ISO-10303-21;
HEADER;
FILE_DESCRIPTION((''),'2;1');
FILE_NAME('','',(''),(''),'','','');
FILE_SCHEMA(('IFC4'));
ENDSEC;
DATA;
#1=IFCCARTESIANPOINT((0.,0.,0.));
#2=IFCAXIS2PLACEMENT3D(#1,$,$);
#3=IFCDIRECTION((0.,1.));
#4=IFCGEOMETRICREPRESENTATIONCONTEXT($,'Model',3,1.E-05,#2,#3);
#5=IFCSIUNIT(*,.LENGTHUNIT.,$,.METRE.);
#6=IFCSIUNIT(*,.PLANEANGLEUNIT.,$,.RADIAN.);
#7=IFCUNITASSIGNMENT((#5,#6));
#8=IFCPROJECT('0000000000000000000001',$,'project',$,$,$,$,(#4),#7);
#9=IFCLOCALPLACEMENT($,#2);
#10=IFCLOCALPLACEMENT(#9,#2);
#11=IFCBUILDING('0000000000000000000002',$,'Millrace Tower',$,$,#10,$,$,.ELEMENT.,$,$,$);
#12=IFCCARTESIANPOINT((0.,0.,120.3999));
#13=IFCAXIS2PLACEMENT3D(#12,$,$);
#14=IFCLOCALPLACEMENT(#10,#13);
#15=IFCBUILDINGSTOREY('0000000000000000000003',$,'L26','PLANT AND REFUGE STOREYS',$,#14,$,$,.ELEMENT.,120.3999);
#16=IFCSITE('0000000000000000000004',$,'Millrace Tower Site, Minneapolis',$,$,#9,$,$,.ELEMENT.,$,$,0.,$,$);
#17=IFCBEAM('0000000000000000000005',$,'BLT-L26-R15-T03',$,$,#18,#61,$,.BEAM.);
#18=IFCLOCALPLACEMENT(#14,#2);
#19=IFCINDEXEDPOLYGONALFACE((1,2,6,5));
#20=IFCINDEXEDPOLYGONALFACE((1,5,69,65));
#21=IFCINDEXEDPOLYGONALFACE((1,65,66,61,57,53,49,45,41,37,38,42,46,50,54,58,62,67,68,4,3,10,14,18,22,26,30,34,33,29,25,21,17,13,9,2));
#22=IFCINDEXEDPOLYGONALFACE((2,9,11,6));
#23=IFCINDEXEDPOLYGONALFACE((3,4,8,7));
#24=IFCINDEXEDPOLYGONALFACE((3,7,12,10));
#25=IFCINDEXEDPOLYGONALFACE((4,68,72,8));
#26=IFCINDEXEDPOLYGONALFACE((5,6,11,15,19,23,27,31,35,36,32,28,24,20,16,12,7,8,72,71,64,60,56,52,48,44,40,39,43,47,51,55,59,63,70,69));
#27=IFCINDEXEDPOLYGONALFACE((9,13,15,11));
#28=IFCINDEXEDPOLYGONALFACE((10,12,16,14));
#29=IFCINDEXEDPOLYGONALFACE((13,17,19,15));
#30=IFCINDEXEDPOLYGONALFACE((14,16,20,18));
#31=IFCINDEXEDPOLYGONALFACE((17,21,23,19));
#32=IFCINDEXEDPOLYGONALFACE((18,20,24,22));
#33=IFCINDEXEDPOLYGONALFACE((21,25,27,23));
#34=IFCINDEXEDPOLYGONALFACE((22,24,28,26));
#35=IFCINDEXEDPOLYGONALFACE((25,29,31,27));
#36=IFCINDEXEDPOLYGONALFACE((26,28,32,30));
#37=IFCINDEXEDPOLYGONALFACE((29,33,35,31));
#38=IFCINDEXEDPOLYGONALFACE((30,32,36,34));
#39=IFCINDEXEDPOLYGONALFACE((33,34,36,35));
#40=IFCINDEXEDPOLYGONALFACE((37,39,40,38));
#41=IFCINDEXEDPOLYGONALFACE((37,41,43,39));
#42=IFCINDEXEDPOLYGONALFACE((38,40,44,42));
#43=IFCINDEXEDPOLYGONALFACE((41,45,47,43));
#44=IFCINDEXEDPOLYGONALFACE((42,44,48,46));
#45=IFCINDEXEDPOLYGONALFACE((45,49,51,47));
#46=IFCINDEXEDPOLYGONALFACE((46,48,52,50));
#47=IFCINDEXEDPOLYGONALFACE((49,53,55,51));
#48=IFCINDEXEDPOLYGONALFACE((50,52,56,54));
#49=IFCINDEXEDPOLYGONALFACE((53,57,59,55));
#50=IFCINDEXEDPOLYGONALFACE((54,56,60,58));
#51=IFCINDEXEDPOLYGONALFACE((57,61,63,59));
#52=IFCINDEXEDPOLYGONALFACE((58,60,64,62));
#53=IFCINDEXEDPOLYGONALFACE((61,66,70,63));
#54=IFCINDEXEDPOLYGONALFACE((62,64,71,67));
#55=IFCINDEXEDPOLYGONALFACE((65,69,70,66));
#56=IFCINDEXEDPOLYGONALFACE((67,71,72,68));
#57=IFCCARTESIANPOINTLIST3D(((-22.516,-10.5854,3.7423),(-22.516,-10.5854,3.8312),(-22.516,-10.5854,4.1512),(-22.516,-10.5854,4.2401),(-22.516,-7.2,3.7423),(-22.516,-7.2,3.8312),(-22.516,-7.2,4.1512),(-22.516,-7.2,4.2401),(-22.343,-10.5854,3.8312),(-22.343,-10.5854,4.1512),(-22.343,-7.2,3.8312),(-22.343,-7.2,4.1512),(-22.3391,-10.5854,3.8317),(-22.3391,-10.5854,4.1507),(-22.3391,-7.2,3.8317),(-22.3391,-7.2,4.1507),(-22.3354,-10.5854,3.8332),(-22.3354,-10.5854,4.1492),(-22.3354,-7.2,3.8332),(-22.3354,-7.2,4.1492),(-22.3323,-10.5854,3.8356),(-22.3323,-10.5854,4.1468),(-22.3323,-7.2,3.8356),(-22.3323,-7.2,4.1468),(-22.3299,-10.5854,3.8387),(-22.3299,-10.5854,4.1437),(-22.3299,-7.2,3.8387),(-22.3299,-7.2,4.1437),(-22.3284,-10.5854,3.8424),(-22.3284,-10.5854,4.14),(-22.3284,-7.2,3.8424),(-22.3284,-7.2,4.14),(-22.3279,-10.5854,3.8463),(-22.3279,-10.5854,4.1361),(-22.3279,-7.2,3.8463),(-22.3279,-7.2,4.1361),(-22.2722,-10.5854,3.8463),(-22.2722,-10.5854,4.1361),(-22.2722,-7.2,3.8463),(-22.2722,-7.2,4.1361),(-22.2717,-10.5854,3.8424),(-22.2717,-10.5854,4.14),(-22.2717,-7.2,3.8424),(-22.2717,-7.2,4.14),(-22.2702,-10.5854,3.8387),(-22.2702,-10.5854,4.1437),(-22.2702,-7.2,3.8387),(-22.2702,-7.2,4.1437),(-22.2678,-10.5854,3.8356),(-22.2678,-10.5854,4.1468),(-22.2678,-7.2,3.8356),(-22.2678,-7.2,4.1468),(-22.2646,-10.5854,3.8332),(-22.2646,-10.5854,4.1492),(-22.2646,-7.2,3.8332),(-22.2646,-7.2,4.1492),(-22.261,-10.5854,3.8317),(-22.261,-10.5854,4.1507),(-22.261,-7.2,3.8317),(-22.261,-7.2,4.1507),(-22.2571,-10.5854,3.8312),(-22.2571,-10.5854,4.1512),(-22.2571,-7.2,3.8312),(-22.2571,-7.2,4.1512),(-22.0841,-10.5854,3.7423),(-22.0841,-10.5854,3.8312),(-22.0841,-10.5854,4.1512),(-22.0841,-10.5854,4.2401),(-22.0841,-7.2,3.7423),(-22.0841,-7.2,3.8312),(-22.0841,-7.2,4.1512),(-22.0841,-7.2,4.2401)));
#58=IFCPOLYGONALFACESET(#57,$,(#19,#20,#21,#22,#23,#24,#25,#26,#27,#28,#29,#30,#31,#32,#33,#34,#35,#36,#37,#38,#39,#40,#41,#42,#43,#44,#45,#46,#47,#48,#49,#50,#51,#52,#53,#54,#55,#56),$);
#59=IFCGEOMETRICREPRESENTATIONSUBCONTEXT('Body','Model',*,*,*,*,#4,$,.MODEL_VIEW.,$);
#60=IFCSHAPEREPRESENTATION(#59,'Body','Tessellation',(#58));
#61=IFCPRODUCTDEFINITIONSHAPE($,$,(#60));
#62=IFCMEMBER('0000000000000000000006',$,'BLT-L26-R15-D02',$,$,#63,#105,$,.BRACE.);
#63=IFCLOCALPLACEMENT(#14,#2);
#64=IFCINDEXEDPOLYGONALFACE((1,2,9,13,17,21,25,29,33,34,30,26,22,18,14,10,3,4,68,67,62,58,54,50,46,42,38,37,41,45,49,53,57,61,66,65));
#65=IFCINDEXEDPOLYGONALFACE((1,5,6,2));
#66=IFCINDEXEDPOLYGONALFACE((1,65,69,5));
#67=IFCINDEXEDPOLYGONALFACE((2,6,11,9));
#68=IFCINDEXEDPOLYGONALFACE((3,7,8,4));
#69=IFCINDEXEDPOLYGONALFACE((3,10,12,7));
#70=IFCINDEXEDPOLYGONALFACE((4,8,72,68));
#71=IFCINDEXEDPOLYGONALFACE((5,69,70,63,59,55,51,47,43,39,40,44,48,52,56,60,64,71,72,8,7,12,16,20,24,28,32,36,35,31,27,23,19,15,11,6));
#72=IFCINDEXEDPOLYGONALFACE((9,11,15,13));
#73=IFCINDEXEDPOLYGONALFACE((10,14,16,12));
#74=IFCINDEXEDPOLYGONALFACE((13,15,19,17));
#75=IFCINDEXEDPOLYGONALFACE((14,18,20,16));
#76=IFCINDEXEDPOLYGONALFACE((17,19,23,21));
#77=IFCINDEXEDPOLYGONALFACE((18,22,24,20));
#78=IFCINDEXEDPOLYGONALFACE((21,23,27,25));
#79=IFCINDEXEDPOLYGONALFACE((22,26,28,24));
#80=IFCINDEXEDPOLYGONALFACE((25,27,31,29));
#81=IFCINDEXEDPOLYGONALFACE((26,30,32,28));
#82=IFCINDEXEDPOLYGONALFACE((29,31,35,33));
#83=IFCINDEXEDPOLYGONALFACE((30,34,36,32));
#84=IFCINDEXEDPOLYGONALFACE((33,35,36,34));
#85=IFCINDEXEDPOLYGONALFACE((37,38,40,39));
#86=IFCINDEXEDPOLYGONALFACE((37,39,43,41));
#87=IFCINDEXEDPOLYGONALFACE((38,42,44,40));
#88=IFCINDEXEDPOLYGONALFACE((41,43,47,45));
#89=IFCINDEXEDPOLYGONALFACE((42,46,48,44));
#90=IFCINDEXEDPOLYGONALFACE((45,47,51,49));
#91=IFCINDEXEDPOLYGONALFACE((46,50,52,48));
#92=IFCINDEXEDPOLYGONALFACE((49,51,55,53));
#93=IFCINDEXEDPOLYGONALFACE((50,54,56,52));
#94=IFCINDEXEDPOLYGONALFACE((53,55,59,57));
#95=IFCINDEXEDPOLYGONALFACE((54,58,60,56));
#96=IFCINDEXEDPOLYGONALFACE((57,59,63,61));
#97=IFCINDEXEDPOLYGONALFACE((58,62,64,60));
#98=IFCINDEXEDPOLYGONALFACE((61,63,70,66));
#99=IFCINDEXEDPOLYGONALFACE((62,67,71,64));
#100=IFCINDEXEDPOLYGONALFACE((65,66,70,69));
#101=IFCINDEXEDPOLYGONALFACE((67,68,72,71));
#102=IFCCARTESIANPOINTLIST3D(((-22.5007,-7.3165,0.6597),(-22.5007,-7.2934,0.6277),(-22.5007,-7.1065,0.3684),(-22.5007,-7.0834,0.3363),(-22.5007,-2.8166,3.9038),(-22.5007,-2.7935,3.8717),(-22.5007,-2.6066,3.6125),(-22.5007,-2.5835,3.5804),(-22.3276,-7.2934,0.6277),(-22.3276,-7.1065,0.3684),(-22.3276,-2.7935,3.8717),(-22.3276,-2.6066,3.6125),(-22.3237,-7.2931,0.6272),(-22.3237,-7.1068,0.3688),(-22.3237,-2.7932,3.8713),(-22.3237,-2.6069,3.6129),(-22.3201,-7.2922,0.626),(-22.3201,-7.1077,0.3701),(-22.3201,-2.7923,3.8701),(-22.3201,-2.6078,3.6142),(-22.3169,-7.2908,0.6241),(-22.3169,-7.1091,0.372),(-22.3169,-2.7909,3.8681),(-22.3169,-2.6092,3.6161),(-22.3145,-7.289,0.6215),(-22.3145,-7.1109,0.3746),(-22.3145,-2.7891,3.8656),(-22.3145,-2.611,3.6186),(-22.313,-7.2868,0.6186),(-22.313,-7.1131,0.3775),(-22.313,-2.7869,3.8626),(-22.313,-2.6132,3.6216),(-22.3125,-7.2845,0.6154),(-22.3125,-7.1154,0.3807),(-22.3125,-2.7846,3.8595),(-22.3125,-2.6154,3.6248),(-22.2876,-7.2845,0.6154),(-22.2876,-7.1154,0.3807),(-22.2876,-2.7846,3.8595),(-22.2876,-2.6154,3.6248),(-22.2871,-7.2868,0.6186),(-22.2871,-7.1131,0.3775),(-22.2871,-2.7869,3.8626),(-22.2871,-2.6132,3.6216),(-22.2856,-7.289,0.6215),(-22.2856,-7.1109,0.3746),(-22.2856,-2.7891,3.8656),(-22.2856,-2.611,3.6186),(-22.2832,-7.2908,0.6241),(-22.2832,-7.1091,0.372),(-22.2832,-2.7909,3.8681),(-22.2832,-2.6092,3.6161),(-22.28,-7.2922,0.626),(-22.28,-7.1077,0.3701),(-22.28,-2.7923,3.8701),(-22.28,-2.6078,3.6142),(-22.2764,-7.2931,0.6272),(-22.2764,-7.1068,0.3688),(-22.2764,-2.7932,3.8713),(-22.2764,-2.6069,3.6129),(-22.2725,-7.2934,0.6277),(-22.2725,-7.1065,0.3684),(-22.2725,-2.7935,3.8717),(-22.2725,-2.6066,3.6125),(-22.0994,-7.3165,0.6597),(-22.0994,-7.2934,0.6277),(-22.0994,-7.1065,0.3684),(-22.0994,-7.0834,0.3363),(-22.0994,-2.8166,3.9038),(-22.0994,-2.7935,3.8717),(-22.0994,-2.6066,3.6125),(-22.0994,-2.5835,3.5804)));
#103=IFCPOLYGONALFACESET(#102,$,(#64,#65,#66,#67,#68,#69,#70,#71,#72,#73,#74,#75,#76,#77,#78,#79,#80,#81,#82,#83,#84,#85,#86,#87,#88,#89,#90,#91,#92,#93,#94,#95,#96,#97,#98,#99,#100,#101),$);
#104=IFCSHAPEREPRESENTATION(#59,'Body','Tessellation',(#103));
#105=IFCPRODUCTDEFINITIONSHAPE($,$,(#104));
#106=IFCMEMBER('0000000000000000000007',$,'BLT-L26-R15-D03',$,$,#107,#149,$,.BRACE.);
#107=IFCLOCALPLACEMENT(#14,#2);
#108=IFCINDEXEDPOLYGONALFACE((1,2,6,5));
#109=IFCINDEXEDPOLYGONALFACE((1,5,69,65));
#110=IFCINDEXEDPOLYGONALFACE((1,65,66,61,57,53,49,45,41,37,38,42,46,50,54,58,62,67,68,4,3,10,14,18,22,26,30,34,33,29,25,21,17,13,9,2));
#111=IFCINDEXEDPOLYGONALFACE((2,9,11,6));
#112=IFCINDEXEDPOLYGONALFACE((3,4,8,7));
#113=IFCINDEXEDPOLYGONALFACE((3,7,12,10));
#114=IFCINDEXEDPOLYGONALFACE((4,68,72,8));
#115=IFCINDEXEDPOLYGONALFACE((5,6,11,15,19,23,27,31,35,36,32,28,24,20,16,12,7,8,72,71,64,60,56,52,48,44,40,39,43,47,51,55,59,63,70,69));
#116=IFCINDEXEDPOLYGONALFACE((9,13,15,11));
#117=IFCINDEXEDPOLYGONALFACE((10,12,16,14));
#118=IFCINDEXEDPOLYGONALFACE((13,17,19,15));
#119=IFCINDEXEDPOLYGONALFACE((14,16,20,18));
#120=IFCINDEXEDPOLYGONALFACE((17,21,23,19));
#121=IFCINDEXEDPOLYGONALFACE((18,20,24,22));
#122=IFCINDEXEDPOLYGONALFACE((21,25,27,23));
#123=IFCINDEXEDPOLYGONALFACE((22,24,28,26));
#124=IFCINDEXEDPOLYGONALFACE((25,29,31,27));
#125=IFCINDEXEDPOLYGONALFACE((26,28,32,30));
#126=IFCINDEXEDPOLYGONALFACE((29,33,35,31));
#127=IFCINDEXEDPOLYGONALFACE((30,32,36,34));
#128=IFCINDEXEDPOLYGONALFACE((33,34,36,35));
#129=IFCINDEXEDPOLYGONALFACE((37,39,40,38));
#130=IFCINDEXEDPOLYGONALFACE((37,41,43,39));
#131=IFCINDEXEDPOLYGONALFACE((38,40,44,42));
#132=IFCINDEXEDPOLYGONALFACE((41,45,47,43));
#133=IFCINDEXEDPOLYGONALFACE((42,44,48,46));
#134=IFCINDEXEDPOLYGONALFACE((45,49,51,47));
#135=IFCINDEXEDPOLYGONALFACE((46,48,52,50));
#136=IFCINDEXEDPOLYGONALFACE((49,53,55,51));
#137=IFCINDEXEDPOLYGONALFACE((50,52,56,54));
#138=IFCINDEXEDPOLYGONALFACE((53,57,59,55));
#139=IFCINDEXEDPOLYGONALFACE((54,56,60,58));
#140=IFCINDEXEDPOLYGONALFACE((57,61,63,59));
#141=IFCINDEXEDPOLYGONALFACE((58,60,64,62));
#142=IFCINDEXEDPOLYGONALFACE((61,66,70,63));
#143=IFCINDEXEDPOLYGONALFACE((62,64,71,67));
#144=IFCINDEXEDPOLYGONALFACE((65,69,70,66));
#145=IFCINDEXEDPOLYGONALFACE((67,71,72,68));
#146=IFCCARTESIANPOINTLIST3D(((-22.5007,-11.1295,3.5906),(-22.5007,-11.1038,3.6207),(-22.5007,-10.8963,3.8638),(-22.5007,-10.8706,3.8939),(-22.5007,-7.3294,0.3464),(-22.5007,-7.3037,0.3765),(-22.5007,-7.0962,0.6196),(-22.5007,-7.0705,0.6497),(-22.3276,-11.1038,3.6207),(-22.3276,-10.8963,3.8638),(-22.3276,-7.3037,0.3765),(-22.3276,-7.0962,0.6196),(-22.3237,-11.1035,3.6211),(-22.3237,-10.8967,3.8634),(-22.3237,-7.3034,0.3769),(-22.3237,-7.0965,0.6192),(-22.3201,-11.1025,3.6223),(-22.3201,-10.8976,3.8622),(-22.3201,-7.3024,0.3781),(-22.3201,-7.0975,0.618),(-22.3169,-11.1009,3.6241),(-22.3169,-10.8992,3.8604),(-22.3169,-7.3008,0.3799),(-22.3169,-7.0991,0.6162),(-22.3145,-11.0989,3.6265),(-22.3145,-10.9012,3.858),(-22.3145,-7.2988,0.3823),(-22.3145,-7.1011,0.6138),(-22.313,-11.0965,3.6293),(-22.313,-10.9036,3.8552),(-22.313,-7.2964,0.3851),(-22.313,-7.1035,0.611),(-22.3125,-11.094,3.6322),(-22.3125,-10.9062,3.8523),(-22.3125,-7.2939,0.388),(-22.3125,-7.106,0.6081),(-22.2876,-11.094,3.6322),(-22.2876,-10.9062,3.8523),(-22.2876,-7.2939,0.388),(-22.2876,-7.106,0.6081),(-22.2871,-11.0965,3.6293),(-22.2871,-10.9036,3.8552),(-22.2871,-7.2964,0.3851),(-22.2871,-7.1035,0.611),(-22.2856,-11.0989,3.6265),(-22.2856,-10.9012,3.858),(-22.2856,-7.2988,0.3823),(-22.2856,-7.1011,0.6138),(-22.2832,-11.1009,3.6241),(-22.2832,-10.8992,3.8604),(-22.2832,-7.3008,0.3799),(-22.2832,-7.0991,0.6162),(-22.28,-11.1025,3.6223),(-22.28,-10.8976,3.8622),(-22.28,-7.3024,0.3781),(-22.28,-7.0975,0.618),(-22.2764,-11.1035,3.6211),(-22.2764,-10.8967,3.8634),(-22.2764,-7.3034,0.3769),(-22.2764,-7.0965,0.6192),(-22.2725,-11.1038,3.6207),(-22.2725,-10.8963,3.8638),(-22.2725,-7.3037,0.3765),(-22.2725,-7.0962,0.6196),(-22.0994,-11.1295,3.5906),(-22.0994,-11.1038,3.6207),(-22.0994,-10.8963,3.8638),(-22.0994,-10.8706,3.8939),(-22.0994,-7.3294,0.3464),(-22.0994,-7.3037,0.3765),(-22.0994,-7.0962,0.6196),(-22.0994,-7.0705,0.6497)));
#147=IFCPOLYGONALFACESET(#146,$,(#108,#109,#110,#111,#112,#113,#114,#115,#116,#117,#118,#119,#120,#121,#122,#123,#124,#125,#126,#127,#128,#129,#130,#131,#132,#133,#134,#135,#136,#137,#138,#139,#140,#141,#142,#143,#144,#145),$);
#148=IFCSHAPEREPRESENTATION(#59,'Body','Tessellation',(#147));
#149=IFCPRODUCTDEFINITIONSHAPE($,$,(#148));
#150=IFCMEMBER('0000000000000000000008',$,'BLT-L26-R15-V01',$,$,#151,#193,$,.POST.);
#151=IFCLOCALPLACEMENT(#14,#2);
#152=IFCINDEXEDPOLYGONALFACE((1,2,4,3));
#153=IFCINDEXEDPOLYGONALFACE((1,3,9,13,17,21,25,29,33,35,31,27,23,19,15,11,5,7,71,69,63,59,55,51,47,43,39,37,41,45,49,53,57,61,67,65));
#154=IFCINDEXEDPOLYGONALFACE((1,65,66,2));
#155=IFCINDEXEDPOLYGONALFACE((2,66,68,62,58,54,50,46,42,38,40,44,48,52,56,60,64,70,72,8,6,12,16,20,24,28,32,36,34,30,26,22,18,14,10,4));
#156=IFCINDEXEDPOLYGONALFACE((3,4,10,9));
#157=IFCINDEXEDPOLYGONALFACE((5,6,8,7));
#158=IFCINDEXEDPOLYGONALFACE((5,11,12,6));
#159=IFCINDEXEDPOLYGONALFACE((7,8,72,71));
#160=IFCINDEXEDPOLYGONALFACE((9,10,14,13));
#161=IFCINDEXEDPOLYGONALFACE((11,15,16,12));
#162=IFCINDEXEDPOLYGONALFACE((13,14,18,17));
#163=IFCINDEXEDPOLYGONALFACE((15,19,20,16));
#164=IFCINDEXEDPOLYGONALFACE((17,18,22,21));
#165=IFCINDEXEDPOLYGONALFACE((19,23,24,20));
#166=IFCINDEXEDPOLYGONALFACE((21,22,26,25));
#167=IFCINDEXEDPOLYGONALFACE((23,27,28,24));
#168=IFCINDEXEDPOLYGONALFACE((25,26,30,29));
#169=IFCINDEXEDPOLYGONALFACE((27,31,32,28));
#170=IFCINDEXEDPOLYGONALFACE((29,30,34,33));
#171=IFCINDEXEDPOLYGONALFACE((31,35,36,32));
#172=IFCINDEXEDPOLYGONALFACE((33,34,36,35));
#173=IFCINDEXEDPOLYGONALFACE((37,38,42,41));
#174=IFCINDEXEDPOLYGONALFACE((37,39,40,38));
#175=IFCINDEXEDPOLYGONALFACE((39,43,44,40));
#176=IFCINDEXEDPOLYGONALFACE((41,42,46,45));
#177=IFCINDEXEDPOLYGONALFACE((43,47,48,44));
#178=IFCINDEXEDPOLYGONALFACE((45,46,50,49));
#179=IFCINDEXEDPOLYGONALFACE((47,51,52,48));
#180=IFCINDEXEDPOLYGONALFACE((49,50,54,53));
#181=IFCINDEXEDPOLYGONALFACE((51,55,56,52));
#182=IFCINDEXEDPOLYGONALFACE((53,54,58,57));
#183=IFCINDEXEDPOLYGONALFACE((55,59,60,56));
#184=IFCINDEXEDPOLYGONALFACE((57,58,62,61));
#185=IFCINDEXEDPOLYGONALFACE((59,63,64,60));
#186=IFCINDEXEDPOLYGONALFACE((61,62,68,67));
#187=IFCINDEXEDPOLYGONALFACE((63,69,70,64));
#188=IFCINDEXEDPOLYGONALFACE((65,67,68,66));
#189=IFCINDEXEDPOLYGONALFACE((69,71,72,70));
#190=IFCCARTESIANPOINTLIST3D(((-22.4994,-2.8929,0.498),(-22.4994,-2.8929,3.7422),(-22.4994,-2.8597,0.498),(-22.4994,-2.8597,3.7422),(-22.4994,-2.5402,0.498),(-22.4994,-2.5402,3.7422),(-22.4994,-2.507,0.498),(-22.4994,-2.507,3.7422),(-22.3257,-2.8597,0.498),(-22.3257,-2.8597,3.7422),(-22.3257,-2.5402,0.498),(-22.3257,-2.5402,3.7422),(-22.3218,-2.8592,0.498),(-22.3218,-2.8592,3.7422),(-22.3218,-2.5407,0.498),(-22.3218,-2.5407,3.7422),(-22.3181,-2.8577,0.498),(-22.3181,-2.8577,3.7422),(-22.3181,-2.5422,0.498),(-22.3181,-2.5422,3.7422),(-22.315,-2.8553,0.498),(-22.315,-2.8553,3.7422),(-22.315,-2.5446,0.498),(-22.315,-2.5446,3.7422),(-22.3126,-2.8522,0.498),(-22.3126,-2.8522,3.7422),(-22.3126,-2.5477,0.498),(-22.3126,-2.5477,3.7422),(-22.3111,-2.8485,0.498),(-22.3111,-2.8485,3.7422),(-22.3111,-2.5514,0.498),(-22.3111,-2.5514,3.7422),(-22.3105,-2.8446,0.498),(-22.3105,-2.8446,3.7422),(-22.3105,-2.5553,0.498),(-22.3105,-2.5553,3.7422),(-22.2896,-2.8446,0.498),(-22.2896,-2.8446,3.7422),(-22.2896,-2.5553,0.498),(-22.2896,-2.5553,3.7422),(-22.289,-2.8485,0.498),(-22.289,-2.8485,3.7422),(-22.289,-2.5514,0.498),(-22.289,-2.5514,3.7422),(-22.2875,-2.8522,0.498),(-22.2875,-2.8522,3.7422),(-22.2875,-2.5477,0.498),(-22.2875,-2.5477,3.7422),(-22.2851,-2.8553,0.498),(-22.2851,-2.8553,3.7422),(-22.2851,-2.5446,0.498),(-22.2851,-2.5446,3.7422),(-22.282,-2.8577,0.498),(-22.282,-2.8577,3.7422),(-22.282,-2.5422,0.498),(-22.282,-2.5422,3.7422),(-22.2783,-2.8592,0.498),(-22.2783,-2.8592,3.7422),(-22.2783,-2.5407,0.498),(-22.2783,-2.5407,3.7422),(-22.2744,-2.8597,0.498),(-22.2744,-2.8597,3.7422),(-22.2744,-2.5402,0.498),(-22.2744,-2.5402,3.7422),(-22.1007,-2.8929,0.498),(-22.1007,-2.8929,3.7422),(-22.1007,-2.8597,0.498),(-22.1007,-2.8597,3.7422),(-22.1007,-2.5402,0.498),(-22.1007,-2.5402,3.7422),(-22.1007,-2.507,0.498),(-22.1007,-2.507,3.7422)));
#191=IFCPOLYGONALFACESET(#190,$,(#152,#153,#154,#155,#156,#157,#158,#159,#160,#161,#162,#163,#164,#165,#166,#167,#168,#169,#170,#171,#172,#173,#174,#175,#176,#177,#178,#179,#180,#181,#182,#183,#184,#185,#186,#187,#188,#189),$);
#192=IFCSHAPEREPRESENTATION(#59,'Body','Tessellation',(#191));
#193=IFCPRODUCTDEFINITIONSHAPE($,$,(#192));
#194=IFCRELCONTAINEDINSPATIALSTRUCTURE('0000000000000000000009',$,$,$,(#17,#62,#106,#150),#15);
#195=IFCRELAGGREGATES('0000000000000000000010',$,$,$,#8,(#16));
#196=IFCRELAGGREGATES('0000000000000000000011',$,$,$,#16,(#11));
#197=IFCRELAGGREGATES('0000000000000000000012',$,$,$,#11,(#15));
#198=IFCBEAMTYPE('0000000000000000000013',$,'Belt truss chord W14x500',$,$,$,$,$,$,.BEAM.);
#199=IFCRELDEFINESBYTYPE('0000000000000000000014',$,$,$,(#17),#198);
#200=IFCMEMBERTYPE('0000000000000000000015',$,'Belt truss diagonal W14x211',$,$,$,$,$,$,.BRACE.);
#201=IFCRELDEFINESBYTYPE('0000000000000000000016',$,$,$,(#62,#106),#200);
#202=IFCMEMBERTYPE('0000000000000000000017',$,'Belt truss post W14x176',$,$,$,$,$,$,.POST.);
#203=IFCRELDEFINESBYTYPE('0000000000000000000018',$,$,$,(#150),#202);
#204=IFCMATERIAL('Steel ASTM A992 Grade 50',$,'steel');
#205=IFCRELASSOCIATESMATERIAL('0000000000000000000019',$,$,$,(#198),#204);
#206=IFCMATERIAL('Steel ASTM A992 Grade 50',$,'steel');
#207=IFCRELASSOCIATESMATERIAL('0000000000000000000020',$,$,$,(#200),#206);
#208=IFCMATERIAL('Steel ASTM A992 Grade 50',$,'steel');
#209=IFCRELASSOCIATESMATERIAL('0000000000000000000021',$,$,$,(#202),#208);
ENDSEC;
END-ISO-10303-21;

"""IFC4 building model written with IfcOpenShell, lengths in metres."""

from ifc_helpers import new_model, si_unit, direction, frame, origin, origin_2d, place, context, subcontext, project, spatial, i_section, extrude, material, material_profile, profile_set, type_object, element, save


model = new_model("IFC4")

# Units and contexts
model_context = context("Model", 3, precision=1e-05, world=origin(), true_north=direction((0.0, 1.0)))
body_context = subcontext(model_context, "Body", "Model", "MODEL_VIEW")
ifc_project = project(units=[si_unit("LENGTHUNIT", "METRE"), si_unit("PLANEANGLEUNIT", "RADIAN")], contexts=[model_context])

# Site, building, storey
site_placement = place(None, origin())
site = spatial("IfcSite", under=ifc_project, at=site_placement, Name="Millrace Tower Site, Minneapolis", CompositionType="ELEMENT", RefElevation=0.0)
building_placement = place(site_placement, origin())
building = spatial("IfcBuilding", under=site, at=building_placement, Name="Millrace Tower", CompositionType="ELEMENT")
storey_placement = place(building_placement, frame((0.0, 0.0, 120.3999)))
storey = spatial("IfcBuildingStorey", under=building, at=storey_placement, Name="L26", Description="PLANT AND REFUGE STOREYS", CompositionType="ELEMENT", Elevation=120.3999)

# Beam
ifc_material_1 = material(Name="Steel ASTM A992 Grade 50", Category="steel")
ifc_material_profile_1 = material_profile(ifc_material_1, i_section(OverallWidth=0.4319, OverallDepth=0.4978, WebThickness=0.0557, FlangeThickness=0.0889, FilletRadius=0.0151, at=origin_2d()))
ifc_profile_set_1 = profile_set([ifc_material_profile_1], Name="Steel ASTM A992 Grade 50")
beam_type_1 = type_object("IfcBeamType", Name="Belt truss chord W14x500", PredefinedType="BEAM", material=ifc_profile_set_1)
beam_1_placement = place(storey_placement, frame((-22.3, -7.2, 3.9912), z_axis=(0.0, -1.0, 0.0), x_axis=(1.0, 0.0, 0.0)))
element("IfcBeam", 1, at=beam_1_placement, inside=storey, type_object=beam_type_1, Name="BLT-L26-R15-T03", PredefinedType="BEAM", context=body_context, shape_type="SweptSolid", body=[
    extrude(i_section(OverallWidth=0.4319, OverallDepth=0.4978, WebThickness=0.0557, FlangeThickness=0.0889, FilletRadius=0.0151, at=origin_2d()), origin(), (0.0, 0.0, 1.0), 3.3855),
])

# Members
ifc_material_2 = material(Name="Steel ASTM A992 Grade 50", Category="steel")
ifc_material_profile_2 = material_profile(ifc_material_2, i_section(OverallWidth=0.4014, OverallDepth=0.3987, WebThickness=0.0249, FlangeThickness=0.0396, FilletRadius=0.0151, at=origin_2d()))
ifc_profile_set_2 = profile_set([ifc_material_profile_2], Name="Steel ASTM A992 Grade 50")
member_type_1 = type_object("IfcMemberType", Name="Belt truss diagonal W14x211", PredefinedType="BRACE", material=ifc_profile_set_2)
member_1_placement = place(storey_placement, frame((-22.3, -7.2, 0.498), z_axis=(0.0, 0.81118, 0.584796), x_axis=(-1.0, 0.0, 0.0)))
element("IfcMember", 2, at=member_1_placement, inside=storey, type_object=member_type_1, Name="BLT-L26-R15-D02", PredefinedType="BRACE", context=body_context, shape_type="SweptSolid", body=[
    extrude(i_section(OverallWidth=0.4014, OverallDepth=0.3987, WebThickness=0.0249, FlangeThickness=0.0396, FilletRadius=0.0151, at=origin_2d()), origin(), (0.0, 0.0, 1.0), 5.5474),
])
member_2_placement = place(storey_placement, frame((-22.3, -7.2, 0.498), z_axis=(0.0, -0.760545, 0.649285), x_axis=(1.0, 0.0, 0.0)))
element("IfcMember", 3, at=member_2_placement, inside=storey, type_object=member_type_1, Name="BLT-L26-R15-D03", PredefinedType="BRACE", context=body_context, shape_type="SweptSolid", body=[
    extrude(i_section(OverallWidth=0.4014, OverallDepth=0.3987, WebThickness=0.0249, FlangeThickness=0.0396, FilletRadius=0.0151, at=origin_2d()), origin(), (0.0, 0.0, 1.0), 4.9966),
])
ifc_material_3 = material(Name="Steel ASTM A992 Grade 50", Category="steel")
ifc_material_profile_3 = material_profile(ifc_material_3, i_section(OverallWidth=0.3987, OverallDepth=0.386, WebThickness=0.021, FlangeThickness=0.0332, FilletRadius=0.0151, at=origin_2d()))
ifc_profile_set_3 = profile_set([ifc_material_profile_3], Name="Steel ASTM A992 Grade 50")
member_type_2 = type_object("IfcMemberType", Name="Belt truss post W14x176", PredefinedType="POST", material=ifc_profile_set_3)
for number, where, z_axis, x_axis, name in (
    (4, (-22.3, -2.7, 0.498), (0.0, 0.0, 1.0), (1.0, 0.0, 0.0), "BLT-L26-R15-V01"),
):
    element("IfcMember", number, at=place(storey_placement, frame(where, z_axis=z_axis, x_axis=x_axis)), inside=storey, type_object=member_type_2, Name=name, PredefinedType="POST", context=body_context, shape_type="SweptSolid", body=[
        extrude(i_section(OverallWidth=0.3987, OverallDepth=0.386, WebThickness=0.021, FlangeThickness=0.0332, FilletRadius=0.0151, at=origin_2d()), origin(), (0.0, 0.0, 1.0), 3.2441),
    ])

save(model, "model.ifc")
